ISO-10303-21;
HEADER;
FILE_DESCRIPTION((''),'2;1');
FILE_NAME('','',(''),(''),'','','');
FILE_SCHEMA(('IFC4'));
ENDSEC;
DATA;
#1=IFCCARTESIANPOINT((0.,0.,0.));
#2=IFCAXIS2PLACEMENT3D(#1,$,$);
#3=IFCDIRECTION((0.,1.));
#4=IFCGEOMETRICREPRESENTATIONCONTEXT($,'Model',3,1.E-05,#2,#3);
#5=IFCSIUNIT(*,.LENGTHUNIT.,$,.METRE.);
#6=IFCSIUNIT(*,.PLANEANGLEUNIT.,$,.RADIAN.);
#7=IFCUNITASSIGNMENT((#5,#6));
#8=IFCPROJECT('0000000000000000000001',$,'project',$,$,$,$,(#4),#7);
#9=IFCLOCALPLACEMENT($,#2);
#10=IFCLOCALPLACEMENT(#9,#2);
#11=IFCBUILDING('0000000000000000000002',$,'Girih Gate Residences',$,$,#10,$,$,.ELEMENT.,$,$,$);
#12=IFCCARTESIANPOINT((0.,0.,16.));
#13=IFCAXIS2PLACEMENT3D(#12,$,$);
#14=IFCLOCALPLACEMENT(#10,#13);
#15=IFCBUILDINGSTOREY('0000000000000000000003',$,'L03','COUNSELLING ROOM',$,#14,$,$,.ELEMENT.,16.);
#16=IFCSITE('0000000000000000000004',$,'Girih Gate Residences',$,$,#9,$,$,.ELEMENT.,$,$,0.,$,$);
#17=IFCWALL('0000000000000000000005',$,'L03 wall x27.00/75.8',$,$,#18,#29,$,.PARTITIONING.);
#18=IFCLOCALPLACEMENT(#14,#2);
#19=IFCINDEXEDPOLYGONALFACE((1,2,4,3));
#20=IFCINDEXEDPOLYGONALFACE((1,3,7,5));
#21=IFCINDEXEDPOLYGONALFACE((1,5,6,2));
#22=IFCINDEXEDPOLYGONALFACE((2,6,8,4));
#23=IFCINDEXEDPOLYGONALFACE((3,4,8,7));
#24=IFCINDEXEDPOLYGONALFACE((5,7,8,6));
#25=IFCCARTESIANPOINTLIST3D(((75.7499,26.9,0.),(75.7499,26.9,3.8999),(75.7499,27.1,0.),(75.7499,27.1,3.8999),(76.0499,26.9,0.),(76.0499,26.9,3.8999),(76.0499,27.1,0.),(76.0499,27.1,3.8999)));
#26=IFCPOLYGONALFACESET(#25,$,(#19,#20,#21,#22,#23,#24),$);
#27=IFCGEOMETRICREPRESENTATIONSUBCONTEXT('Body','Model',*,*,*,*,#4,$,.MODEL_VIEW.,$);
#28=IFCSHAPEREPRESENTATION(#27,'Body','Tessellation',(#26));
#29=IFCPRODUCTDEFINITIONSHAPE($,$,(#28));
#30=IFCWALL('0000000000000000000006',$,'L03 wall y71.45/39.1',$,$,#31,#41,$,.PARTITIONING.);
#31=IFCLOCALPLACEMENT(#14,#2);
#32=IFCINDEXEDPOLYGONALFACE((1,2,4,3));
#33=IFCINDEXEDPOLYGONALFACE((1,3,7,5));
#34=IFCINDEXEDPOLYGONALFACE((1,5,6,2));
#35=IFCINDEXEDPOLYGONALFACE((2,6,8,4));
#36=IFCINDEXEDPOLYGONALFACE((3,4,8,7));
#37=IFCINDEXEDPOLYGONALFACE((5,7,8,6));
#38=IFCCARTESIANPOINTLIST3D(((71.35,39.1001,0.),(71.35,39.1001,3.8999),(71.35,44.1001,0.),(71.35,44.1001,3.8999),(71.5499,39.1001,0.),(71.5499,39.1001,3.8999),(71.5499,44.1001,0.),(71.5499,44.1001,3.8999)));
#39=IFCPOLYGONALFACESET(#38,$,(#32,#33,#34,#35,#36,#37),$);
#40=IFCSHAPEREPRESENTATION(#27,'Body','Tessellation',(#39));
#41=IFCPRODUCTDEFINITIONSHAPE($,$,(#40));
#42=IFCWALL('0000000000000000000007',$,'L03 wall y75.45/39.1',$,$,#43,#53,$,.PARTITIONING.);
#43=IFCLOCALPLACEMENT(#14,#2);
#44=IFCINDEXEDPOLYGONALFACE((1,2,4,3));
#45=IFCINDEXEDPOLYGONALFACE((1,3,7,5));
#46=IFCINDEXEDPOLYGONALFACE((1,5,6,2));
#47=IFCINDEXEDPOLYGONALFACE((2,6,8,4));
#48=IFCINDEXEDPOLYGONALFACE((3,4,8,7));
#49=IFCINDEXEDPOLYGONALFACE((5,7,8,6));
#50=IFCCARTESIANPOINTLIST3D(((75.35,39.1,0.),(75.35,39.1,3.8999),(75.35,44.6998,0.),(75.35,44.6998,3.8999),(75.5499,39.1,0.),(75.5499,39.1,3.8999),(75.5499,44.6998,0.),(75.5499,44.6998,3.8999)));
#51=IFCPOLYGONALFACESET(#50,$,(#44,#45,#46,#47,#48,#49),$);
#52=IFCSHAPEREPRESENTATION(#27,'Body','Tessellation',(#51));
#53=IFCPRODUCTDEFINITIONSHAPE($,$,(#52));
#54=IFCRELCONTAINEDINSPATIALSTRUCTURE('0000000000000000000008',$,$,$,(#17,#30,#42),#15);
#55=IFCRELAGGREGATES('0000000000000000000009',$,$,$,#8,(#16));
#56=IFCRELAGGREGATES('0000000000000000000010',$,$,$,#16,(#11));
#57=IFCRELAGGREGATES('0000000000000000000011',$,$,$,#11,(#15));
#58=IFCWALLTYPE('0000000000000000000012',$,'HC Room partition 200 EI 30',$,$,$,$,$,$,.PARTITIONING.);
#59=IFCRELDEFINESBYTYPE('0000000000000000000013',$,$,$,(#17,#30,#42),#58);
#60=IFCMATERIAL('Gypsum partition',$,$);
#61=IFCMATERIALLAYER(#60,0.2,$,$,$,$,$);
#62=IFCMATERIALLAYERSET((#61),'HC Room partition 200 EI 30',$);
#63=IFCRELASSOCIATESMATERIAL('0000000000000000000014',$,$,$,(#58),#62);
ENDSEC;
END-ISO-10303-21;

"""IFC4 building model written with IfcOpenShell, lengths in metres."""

from ifc_helpers import new_model, si_unit, direction, frame, frame_2d, origin, place, context, subcontext, project, spatial, rectangle, extrude, material, layer, layer_set, type_object, element, save


model = new_model("IFC4")

# Units and contexts
model_context = context("Model", 3, precision=1e-05, world=origin(), true_north=direction((0.0, 1.0)))
body_context = subcontext(model_context, "Body", "Model", "MODEL_VIEW")
ifc_project = project(units=[si_unit("LENGTHUNIT", "METRE"), si_unit("PLANEANGLEUNIT", "RADIAN")], contexts=[model_context])

# Site, building, storey
site_placement = place(None, origin())
site = spatial("IfcSite", under=ifc_project, at=site_placement, Name="Girih Gate Residences", CompositionType="ELEMENT", RefElevation=0.0)
building_placement = place(site_placement, origin())
building = spatial("IfcBuilding", under=site, at=building_placement, Name="Girih Gate Residences", CompositionType="ELEMENT")
storey_placement = place(building_placement, frame((0.0, 0.0, 16.0)))
storey = spatial("IfcBuildingStorey", under=building, at=storey_placement, Name="L03", Description="COUNSELLING ROOM", CompositionType="ELEMENT", Elevation=16.0)

# Walls
ifc_material_1 = material(Name="Gypsum partition")
ifc_layer_1 = layer(ifc_material_1, 0.2)
ifc_layer_set_1 = layer_set([ifc_layer_1], Name="HC Room partition 200 EI 30")
wall_type_1 = type_object("IfcWallType", Name="HC Room partition 200 EI 30", PredefinedType="PARTITIONING", material=ifc_layer_set_1)
wall_1_placement = place(storey_placement, frame((75.75, 27.0, 0.0), z_axis=(0.0, 0.0, 1.0), x_axis=(1.0, 0.0, 0.0)))
element("IfcWall", 1, at=wall_1_placement, inside=storey, type_object=wall_type_1, Name="L03 wall x27.00/75.8", PredefinedType="PARTITIONING", context=body_context, shape_type="SweptSolid", body=[
    extrude(rectangle(XDim=0.3, YDim=0.2, at=frame_2d((0.1499, 0.0))), origin(), (0.0, 0.0, 1.0), 3.8999),
])
wall_2_placement = place(storey_placement, frame((71.45, 39.1001, 0.0), z_axis=(0.0, 0.0, 1.0), x_axis=(0.0, 1.0, 0.0)))
element("IfcWall", 2, at=wall_2_placement, inside=storey, type_object=wall_type_1, Name="L03 wall y71.45/39.1", PredefinedType="PARTITIONING", context=body_context, shape_type="SweptSolid", body=[
    extrude(rectangle(XDim=5.0, YDim=0.2, at=frame_2d((2.5, 0.0))), origin(), (0.0, 0.0, 1.0), 3.8999),
])
wall_3_placement = place(storey_placement, frame((75.45, 39.1001, 0.0), z_axis=(0.0, 0.0, 1.0), x_axis=(0.0, 1.0, 0.0)))
element("IfcWall", 3, at=wall_3_placement, inside=storey, type_object=wall_type_1, Name="L03 wall y75.45/39.1", PredefinedType="PARTITIONING", context=body_context, shape_type="SweptSolid", body=[
    extrude(rectangle(XDim=5.5999, YDim=0.2, at=frame_2d((2.7998, 0.0))), origin(), (0.0, 0.0, 1.0), 3.8999),
])

save(model, "model.ifc")
